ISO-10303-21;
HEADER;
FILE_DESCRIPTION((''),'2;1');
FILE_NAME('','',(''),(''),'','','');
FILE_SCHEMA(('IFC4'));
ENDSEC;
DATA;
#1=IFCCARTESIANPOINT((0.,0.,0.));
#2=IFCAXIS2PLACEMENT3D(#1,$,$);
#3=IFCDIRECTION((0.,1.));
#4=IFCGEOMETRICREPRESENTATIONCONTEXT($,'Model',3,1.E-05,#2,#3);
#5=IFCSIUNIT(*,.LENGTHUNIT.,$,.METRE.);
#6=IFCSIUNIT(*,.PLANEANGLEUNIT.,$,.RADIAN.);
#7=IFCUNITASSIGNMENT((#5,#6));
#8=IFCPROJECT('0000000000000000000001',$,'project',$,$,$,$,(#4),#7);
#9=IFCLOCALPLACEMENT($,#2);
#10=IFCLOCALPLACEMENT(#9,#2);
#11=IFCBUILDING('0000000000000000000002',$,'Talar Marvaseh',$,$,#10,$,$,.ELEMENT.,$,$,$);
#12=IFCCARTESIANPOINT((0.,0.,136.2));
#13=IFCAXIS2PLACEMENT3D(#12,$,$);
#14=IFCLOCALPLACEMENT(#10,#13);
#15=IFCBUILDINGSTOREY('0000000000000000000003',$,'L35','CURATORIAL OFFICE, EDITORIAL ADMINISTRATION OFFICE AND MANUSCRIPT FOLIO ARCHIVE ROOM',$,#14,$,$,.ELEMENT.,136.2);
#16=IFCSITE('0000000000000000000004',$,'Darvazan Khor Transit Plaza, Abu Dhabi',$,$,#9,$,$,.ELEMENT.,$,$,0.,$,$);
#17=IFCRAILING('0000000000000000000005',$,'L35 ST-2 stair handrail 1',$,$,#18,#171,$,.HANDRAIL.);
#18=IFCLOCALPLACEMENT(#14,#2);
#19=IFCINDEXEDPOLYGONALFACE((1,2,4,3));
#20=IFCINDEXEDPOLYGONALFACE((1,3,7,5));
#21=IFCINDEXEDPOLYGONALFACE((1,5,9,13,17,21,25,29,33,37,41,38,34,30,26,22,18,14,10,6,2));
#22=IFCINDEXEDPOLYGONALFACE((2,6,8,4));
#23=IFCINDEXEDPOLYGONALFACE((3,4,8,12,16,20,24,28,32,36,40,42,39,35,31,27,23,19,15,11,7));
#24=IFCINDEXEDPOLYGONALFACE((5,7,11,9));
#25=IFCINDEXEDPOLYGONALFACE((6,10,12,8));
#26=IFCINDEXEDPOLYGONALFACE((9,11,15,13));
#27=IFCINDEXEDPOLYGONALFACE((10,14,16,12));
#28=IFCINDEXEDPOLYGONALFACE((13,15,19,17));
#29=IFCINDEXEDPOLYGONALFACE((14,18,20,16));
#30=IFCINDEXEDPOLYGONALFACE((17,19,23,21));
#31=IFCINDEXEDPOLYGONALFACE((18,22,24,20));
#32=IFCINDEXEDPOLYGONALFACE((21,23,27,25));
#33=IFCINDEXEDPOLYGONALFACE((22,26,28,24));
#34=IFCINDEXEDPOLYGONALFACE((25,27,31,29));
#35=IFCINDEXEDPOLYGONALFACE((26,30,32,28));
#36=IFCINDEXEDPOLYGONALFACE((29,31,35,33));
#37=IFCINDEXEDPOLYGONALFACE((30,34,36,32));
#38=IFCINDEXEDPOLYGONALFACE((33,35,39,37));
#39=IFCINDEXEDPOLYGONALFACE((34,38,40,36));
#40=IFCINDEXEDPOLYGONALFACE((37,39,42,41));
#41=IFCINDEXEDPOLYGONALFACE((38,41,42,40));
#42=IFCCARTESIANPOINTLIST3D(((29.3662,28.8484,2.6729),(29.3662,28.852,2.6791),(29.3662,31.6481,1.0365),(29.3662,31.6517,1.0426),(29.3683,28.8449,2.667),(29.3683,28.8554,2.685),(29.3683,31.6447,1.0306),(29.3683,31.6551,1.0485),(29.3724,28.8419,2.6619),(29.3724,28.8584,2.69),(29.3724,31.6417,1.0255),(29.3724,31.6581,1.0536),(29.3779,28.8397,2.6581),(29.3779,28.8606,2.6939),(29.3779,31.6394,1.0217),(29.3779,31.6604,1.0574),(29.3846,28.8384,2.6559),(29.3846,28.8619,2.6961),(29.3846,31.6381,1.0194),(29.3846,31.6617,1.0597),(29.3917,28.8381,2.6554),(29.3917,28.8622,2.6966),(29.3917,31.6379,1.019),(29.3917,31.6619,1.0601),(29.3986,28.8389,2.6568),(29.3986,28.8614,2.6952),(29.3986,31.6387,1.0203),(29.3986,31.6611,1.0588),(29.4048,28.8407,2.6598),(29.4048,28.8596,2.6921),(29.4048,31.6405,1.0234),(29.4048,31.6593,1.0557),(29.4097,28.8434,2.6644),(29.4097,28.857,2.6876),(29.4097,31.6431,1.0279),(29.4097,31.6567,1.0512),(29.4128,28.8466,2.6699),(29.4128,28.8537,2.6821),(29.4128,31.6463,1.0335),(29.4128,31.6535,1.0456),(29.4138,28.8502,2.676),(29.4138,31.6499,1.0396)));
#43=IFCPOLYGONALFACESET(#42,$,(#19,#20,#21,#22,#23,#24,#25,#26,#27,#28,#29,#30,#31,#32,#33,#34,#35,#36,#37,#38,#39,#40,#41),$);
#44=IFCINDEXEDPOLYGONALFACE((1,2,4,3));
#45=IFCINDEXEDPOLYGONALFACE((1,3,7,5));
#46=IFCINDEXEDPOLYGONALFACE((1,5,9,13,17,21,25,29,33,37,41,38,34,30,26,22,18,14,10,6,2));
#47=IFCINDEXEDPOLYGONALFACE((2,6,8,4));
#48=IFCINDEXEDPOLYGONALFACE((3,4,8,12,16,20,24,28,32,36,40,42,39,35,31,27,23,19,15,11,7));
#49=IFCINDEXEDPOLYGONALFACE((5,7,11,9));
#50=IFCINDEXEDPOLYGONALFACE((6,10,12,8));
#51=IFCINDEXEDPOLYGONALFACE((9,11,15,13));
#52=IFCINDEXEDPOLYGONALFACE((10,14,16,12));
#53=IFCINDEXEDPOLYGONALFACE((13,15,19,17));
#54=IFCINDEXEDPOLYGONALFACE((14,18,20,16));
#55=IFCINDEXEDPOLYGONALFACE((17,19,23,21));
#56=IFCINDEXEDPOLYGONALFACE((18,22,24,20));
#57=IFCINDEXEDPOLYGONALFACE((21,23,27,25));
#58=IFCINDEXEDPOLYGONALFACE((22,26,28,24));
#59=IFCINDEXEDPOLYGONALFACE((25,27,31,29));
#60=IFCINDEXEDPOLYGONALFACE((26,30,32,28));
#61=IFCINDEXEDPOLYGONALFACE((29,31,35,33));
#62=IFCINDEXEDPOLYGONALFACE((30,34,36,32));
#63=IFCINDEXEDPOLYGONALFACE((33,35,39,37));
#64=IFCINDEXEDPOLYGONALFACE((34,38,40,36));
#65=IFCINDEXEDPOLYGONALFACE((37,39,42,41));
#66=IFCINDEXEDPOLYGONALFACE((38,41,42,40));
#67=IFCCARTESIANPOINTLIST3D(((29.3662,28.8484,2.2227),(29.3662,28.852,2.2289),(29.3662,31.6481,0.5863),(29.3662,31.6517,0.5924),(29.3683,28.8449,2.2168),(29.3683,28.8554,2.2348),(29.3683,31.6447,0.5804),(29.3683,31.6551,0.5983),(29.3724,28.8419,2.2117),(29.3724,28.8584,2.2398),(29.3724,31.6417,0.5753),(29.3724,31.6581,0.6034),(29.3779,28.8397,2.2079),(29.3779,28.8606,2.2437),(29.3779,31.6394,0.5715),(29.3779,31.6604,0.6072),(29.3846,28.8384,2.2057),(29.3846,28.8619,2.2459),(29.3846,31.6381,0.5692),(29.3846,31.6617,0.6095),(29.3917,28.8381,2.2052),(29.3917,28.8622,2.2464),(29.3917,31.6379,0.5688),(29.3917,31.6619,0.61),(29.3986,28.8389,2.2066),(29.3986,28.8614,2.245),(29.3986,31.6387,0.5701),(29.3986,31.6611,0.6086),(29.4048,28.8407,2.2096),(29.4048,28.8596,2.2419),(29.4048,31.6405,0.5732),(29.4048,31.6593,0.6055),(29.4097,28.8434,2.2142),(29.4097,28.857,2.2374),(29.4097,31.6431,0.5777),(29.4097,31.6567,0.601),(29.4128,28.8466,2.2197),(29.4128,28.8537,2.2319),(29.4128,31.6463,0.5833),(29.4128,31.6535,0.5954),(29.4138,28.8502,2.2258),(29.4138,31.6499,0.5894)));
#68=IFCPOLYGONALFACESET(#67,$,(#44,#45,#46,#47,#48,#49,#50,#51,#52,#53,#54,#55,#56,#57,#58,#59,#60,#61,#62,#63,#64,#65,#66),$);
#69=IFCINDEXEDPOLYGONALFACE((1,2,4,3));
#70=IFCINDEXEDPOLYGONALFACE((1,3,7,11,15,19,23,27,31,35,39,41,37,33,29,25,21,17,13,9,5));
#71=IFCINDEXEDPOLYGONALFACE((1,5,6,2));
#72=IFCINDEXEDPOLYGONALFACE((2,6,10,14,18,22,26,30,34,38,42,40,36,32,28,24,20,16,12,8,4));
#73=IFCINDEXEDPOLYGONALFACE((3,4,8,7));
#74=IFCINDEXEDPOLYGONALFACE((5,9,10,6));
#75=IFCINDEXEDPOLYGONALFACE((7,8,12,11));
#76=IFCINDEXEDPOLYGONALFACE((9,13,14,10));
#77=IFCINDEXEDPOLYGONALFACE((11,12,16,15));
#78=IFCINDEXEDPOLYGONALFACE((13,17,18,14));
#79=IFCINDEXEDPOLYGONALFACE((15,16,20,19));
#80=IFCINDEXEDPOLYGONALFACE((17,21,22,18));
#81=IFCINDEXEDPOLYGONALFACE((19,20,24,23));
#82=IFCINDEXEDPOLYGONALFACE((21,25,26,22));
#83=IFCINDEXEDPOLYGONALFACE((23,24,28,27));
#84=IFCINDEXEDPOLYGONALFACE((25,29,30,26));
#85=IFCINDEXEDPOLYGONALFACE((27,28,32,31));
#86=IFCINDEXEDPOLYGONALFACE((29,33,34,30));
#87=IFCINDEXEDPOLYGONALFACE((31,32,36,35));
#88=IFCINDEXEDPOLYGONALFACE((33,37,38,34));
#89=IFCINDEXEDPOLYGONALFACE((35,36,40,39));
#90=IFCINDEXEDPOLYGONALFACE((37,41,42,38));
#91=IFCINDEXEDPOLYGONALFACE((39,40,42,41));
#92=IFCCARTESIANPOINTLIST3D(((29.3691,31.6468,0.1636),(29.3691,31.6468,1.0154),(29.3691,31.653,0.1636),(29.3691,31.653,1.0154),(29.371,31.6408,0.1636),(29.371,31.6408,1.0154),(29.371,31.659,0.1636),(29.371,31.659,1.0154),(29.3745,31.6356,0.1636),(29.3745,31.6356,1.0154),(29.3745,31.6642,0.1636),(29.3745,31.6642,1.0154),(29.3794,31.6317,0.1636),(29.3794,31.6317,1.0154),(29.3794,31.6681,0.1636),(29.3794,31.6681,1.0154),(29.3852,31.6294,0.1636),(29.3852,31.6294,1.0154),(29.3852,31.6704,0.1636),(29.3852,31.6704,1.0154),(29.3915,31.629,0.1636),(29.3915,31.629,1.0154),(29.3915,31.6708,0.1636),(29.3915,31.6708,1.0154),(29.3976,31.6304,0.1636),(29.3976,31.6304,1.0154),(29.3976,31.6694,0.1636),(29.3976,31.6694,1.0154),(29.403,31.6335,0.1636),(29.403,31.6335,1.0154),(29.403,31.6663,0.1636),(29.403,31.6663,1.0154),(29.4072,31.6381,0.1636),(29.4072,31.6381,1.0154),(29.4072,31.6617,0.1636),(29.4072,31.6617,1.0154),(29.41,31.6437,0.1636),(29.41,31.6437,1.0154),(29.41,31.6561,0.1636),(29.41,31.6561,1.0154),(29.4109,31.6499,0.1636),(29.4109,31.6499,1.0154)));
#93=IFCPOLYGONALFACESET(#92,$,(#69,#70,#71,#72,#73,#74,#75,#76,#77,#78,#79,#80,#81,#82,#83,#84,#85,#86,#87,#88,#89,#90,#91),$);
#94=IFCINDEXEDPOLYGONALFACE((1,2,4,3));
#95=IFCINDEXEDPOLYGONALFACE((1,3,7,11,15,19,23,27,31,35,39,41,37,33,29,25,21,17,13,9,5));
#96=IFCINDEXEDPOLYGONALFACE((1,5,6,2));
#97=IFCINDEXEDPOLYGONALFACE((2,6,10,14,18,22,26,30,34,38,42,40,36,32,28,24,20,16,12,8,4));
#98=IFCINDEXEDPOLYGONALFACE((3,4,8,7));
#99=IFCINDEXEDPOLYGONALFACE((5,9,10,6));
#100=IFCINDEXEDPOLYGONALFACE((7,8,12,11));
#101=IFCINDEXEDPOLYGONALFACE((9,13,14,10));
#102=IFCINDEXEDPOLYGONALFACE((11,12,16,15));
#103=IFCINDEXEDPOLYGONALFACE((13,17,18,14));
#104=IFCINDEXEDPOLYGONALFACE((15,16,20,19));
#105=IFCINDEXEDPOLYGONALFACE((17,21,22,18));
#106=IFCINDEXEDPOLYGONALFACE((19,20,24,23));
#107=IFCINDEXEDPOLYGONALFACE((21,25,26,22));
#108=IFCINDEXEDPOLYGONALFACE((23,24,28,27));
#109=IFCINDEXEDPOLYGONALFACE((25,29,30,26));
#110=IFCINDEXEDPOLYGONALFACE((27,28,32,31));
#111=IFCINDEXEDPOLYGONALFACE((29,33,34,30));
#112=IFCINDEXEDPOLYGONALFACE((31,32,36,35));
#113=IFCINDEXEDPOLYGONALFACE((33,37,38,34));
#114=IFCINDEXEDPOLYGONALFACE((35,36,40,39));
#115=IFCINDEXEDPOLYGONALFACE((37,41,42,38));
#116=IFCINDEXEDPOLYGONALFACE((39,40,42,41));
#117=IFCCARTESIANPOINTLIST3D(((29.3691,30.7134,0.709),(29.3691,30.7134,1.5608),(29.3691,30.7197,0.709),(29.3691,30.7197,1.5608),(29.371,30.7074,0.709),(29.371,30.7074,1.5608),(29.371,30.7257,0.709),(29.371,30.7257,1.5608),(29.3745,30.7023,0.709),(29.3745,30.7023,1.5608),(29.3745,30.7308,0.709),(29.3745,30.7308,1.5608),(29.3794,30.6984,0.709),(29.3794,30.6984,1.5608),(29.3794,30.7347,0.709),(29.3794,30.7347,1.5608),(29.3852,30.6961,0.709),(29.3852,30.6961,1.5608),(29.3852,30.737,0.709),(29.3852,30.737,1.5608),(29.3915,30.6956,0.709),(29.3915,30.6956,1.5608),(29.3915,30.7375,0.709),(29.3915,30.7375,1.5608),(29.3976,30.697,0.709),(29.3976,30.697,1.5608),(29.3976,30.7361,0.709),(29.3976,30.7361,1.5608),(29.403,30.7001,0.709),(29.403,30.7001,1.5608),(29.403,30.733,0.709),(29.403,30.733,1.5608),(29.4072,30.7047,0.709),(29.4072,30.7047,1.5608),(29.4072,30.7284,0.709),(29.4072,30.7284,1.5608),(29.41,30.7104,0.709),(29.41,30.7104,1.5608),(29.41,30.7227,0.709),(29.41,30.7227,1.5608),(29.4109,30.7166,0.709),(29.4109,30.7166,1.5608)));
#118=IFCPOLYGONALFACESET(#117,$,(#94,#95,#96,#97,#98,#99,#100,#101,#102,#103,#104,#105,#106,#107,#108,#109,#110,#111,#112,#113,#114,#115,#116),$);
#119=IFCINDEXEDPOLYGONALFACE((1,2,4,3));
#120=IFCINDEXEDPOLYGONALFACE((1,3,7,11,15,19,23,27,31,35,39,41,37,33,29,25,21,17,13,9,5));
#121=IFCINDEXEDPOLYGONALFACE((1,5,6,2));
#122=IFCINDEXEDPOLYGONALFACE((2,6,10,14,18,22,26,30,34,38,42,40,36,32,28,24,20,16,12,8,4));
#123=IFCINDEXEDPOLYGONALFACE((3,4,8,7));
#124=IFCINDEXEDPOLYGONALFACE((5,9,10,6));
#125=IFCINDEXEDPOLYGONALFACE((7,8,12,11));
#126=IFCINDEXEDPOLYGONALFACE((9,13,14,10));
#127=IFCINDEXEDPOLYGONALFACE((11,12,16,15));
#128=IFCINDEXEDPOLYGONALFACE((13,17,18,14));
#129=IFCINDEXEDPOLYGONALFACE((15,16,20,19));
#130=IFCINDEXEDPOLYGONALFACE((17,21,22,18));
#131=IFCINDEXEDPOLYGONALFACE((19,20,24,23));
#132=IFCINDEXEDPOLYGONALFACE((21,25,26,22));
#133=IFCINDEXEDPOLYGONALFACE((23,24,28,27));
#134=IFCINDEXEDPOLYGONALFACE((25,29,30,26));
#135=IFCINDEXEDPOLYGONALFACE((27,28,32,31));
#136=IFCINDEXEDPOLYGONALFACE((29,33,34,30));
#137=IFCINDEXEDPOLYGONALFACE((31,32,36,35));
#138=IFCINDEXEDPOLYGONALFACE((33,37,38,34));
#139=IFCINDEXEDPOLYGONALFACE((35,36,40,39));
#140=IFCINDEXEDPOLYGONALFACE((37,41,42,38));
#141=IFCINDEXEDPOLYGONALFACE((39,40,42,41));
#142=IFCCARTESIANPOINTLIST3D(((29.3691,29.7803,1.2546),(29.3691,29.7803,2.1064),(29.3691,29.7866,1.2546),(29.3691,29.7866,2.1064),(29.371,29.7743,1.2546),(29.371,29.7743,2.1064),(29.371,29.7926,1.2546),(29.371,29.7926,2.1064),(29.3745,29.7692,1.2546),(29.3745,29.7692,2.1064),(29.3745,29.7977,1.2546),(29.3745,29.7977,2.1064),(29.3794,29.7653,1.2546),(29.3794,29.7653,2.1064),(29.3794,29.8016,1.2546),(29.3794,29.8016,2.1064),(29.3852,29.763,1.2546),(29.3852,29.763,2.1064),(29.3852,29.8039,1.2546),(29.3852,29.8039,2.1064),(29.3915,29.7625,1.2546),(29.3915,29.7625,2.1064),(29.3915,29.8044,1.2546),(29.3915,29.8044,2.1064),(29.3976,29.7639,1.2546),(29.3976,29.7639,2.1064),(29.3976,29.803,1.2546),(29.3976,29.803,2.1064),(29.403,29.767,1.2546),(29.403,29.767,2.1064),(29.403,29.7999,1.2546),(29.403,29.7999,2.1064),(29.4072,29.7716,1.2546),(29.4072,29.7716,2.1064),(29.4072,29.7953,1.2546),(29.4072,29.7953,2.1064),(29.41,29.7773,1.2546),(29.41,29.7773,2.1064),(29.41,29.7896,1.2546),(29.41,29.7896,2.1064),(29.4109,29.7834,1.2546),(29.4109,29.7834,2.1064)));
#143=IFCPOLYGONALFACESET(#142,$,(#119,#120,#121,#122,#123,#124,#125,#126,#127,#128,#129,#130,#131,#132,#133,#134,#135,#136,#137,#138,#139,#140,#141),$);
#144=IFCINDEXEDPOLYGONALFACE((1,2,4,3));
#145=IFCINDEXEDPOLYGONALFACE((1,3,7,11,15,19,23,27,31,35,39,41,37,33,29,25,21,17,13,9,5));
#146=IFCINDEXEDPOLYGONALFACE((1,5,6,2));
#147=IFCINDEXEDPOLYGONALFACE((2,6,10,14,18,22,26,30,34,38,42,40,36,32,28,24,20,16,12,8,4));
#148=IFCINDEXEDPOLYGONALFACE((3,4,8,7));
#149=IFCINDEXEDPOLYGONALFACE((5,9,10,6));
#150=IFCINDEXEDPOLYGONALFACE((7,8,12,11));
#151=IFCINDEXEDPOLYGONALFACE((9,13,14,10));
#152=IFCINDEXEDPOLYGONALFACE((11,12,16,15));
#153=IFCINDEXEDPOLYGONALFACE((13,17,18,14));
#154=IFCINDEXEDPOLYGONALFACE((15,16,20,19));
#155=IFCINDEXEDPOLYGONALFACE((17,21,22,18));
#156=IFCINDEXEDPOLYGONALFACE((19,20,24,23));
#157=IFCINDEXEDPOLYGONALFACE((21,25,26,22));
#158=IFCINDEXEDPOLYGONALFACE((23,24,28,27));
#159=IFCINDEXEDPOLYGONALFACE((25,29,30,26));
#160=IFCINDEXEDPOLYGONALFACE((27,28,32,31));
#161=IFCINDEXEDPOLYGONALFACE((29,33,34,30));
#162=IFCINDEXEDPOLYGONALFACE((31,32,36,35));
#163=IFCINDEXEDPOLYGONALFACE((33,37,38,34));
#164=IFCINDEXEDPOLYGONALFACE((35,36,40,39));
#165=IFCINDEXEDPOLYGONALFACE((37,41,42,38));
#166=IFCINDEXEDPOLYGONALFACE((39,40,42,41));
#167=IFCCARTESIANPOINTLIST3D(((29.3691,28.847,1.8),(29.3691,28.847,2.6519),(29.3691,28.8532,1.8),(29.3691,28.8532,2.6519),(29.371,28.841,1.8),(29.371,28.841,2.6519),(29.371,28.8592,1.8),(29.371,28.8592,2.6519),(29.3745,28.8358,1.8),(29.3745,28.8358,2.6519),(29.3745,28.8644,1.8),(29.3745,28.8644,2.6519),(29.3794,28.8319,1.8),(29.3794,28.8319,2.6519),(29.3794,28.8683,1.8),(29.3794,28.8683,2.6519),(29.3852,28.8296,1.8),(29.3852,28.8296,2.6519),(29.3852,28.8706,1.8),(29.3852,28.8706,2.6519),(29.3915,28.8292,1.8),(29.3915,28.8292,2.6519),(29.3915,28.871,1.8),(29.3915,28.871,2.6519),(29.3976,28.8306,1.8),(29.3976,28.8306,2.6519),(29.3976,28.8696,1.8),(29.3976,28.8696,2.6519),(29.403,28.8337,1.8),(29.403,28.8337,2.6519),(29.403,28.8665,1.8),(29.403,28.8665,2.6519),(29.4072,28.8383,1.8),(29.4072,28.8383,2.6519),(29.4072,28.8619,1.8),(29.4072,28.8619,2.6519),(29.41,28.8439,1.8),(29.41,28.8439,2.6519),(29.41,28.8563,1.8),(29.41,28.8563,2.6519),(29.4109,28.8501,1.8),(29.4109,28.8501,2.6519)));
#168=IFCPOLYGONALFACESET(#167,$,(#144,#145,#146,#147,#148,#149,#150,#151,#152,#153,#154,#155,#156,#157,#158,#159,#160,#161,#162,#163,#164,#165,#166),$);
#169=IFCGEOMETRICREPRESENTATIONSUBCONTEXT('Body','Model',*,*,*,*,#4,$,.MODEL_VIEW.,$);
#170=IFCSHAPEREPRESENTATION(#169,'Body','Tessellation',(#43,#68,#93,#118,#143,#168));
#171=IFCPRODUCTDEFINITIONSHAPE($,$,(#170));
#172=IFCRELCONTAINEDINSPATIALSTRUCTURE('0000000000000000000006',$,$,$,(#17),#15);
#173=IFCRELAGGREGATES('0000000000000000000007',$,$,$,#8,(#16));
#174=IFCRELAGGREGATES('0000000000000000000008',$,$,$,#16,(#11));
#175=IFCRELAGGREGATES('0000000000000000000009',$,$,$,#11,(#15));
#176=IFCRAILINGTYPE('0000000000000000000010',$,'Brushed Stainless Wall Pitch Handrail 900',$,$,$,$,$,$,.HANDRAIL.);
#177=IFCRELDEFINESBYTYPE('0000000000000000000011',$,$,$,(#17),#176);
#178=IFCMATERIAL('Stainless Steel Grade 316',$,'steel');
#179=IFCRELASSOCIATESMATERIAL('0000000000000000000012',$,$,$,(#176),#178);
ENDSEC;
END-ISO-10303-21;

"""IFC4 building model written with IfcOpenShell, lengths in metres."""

from ifc_helpers import new_model, si_unit, direction, frame, origin, origin_2d, place, context, subcontext, project, spatial, circle, extrude, material, type_object, element, save


model = new_model("IFC4")

# Units and contexts
model_context = context("Model", 3, precision=1e-05, world=origin(), true_north=direction((0.0, 1.0)))
body_context = subcontext(model_context, "Body", "Model", "MODEL_VIEW")
ifc_project = project(units=[si_unit("LENGTHUNIT", "METRE"), si_unit("PLANEANGLEUNIT", "RADIAN")], contexts=[model_context])

# Site, building, storey
site_placement = place(None, origin())
site = spatial("IfcSite", under=ifc_project, at=site_placement, Name="Darvazan Khor Transit Plaza, Abu Dhabi", CompositionType="ELEMENT", RefElevation=0.0)
building_placement = place(site_placement, origin())
building = spatial("IfcBuilding", under=site, at=building_placement, Name="Talar Marvaseh", CompositionType="ELEMENT")
storey_placement = place(building_placement, frame((0.0, 0.0, 136.2)))
storey = spatial("IfcBuildingStorey", under=building, at=storey_placement, Name="L35", Description="CURATORIAL OFFICE, EDITORIAL ADMINISTRATION OFFICE AND MANUSCRIPT FOLIO ARCHIVE ROOM", CompositionType="ELEMENT", Elevation=136.2)

# Shared definitions
ifc_material_1 = material(Name="Stainless Steel Grade 316", Category="steel")

# Railing
railing_type_1 = type_object("IfcRailingType", Name="Brushed Stainless Wall Pitch Handrail 900", PredefinedType="HANDRAIL", material=ifc_material_1)
railing_1_placement = place(storey_placement, frame((29.3899, 31.6499, 0.1636)))
element("IfcRailing", 1, at=railing_1_placement, inside=storey, type_object=railing_type_1, Name="L35 ST-2 stair handrail 1", PredefinedType="HANDRAIL", context=body_context, shape_type="SweptSolid", body=[
    extrude(circle(Radius=0.0239, at=origin_2d()), frame((0.0, 0.0, 0.876), z_axis=(0.0, -0.863342, 0.50462), x_axis=(1.0, 0.0, 0.0)), (0.0, 0.0, 1.0), 3.2429),
    extrude(circle(Radius=0.0239, at=origin_2d()), frame((0.0, 0.0, 0.4258), z_axis=(0.0, -0.863342, 0.50462), x_axis=(1.0, 0.0, 0.0)), (0.0, 0.0, 1.0), 3.2429),
    extrude(circle(Radius=0.021, at=origin_2d()), origin(), (0.0, 0.0, 1.0), 0.8518),
    extrude(circle(Radius=0.021, at=origin_2d()), frame((0.0, -0.9333, 0.5454)), (0.0, 0.0, 1.0), 0.8518),
    extrude(circle(Radius=0.021, at=origin_2d()), frame((0.0, -1.8665, 1.0911)), (0.0, 0.0, 1.0), 0.8518),
    extrude(circle(Radius=0.021, at=origin_2d()), frame((0.0, -2.7998, 1.6365)), (0.0, 0.0, 1.0), 0.8518),
])

save(model, "model.ifc")
